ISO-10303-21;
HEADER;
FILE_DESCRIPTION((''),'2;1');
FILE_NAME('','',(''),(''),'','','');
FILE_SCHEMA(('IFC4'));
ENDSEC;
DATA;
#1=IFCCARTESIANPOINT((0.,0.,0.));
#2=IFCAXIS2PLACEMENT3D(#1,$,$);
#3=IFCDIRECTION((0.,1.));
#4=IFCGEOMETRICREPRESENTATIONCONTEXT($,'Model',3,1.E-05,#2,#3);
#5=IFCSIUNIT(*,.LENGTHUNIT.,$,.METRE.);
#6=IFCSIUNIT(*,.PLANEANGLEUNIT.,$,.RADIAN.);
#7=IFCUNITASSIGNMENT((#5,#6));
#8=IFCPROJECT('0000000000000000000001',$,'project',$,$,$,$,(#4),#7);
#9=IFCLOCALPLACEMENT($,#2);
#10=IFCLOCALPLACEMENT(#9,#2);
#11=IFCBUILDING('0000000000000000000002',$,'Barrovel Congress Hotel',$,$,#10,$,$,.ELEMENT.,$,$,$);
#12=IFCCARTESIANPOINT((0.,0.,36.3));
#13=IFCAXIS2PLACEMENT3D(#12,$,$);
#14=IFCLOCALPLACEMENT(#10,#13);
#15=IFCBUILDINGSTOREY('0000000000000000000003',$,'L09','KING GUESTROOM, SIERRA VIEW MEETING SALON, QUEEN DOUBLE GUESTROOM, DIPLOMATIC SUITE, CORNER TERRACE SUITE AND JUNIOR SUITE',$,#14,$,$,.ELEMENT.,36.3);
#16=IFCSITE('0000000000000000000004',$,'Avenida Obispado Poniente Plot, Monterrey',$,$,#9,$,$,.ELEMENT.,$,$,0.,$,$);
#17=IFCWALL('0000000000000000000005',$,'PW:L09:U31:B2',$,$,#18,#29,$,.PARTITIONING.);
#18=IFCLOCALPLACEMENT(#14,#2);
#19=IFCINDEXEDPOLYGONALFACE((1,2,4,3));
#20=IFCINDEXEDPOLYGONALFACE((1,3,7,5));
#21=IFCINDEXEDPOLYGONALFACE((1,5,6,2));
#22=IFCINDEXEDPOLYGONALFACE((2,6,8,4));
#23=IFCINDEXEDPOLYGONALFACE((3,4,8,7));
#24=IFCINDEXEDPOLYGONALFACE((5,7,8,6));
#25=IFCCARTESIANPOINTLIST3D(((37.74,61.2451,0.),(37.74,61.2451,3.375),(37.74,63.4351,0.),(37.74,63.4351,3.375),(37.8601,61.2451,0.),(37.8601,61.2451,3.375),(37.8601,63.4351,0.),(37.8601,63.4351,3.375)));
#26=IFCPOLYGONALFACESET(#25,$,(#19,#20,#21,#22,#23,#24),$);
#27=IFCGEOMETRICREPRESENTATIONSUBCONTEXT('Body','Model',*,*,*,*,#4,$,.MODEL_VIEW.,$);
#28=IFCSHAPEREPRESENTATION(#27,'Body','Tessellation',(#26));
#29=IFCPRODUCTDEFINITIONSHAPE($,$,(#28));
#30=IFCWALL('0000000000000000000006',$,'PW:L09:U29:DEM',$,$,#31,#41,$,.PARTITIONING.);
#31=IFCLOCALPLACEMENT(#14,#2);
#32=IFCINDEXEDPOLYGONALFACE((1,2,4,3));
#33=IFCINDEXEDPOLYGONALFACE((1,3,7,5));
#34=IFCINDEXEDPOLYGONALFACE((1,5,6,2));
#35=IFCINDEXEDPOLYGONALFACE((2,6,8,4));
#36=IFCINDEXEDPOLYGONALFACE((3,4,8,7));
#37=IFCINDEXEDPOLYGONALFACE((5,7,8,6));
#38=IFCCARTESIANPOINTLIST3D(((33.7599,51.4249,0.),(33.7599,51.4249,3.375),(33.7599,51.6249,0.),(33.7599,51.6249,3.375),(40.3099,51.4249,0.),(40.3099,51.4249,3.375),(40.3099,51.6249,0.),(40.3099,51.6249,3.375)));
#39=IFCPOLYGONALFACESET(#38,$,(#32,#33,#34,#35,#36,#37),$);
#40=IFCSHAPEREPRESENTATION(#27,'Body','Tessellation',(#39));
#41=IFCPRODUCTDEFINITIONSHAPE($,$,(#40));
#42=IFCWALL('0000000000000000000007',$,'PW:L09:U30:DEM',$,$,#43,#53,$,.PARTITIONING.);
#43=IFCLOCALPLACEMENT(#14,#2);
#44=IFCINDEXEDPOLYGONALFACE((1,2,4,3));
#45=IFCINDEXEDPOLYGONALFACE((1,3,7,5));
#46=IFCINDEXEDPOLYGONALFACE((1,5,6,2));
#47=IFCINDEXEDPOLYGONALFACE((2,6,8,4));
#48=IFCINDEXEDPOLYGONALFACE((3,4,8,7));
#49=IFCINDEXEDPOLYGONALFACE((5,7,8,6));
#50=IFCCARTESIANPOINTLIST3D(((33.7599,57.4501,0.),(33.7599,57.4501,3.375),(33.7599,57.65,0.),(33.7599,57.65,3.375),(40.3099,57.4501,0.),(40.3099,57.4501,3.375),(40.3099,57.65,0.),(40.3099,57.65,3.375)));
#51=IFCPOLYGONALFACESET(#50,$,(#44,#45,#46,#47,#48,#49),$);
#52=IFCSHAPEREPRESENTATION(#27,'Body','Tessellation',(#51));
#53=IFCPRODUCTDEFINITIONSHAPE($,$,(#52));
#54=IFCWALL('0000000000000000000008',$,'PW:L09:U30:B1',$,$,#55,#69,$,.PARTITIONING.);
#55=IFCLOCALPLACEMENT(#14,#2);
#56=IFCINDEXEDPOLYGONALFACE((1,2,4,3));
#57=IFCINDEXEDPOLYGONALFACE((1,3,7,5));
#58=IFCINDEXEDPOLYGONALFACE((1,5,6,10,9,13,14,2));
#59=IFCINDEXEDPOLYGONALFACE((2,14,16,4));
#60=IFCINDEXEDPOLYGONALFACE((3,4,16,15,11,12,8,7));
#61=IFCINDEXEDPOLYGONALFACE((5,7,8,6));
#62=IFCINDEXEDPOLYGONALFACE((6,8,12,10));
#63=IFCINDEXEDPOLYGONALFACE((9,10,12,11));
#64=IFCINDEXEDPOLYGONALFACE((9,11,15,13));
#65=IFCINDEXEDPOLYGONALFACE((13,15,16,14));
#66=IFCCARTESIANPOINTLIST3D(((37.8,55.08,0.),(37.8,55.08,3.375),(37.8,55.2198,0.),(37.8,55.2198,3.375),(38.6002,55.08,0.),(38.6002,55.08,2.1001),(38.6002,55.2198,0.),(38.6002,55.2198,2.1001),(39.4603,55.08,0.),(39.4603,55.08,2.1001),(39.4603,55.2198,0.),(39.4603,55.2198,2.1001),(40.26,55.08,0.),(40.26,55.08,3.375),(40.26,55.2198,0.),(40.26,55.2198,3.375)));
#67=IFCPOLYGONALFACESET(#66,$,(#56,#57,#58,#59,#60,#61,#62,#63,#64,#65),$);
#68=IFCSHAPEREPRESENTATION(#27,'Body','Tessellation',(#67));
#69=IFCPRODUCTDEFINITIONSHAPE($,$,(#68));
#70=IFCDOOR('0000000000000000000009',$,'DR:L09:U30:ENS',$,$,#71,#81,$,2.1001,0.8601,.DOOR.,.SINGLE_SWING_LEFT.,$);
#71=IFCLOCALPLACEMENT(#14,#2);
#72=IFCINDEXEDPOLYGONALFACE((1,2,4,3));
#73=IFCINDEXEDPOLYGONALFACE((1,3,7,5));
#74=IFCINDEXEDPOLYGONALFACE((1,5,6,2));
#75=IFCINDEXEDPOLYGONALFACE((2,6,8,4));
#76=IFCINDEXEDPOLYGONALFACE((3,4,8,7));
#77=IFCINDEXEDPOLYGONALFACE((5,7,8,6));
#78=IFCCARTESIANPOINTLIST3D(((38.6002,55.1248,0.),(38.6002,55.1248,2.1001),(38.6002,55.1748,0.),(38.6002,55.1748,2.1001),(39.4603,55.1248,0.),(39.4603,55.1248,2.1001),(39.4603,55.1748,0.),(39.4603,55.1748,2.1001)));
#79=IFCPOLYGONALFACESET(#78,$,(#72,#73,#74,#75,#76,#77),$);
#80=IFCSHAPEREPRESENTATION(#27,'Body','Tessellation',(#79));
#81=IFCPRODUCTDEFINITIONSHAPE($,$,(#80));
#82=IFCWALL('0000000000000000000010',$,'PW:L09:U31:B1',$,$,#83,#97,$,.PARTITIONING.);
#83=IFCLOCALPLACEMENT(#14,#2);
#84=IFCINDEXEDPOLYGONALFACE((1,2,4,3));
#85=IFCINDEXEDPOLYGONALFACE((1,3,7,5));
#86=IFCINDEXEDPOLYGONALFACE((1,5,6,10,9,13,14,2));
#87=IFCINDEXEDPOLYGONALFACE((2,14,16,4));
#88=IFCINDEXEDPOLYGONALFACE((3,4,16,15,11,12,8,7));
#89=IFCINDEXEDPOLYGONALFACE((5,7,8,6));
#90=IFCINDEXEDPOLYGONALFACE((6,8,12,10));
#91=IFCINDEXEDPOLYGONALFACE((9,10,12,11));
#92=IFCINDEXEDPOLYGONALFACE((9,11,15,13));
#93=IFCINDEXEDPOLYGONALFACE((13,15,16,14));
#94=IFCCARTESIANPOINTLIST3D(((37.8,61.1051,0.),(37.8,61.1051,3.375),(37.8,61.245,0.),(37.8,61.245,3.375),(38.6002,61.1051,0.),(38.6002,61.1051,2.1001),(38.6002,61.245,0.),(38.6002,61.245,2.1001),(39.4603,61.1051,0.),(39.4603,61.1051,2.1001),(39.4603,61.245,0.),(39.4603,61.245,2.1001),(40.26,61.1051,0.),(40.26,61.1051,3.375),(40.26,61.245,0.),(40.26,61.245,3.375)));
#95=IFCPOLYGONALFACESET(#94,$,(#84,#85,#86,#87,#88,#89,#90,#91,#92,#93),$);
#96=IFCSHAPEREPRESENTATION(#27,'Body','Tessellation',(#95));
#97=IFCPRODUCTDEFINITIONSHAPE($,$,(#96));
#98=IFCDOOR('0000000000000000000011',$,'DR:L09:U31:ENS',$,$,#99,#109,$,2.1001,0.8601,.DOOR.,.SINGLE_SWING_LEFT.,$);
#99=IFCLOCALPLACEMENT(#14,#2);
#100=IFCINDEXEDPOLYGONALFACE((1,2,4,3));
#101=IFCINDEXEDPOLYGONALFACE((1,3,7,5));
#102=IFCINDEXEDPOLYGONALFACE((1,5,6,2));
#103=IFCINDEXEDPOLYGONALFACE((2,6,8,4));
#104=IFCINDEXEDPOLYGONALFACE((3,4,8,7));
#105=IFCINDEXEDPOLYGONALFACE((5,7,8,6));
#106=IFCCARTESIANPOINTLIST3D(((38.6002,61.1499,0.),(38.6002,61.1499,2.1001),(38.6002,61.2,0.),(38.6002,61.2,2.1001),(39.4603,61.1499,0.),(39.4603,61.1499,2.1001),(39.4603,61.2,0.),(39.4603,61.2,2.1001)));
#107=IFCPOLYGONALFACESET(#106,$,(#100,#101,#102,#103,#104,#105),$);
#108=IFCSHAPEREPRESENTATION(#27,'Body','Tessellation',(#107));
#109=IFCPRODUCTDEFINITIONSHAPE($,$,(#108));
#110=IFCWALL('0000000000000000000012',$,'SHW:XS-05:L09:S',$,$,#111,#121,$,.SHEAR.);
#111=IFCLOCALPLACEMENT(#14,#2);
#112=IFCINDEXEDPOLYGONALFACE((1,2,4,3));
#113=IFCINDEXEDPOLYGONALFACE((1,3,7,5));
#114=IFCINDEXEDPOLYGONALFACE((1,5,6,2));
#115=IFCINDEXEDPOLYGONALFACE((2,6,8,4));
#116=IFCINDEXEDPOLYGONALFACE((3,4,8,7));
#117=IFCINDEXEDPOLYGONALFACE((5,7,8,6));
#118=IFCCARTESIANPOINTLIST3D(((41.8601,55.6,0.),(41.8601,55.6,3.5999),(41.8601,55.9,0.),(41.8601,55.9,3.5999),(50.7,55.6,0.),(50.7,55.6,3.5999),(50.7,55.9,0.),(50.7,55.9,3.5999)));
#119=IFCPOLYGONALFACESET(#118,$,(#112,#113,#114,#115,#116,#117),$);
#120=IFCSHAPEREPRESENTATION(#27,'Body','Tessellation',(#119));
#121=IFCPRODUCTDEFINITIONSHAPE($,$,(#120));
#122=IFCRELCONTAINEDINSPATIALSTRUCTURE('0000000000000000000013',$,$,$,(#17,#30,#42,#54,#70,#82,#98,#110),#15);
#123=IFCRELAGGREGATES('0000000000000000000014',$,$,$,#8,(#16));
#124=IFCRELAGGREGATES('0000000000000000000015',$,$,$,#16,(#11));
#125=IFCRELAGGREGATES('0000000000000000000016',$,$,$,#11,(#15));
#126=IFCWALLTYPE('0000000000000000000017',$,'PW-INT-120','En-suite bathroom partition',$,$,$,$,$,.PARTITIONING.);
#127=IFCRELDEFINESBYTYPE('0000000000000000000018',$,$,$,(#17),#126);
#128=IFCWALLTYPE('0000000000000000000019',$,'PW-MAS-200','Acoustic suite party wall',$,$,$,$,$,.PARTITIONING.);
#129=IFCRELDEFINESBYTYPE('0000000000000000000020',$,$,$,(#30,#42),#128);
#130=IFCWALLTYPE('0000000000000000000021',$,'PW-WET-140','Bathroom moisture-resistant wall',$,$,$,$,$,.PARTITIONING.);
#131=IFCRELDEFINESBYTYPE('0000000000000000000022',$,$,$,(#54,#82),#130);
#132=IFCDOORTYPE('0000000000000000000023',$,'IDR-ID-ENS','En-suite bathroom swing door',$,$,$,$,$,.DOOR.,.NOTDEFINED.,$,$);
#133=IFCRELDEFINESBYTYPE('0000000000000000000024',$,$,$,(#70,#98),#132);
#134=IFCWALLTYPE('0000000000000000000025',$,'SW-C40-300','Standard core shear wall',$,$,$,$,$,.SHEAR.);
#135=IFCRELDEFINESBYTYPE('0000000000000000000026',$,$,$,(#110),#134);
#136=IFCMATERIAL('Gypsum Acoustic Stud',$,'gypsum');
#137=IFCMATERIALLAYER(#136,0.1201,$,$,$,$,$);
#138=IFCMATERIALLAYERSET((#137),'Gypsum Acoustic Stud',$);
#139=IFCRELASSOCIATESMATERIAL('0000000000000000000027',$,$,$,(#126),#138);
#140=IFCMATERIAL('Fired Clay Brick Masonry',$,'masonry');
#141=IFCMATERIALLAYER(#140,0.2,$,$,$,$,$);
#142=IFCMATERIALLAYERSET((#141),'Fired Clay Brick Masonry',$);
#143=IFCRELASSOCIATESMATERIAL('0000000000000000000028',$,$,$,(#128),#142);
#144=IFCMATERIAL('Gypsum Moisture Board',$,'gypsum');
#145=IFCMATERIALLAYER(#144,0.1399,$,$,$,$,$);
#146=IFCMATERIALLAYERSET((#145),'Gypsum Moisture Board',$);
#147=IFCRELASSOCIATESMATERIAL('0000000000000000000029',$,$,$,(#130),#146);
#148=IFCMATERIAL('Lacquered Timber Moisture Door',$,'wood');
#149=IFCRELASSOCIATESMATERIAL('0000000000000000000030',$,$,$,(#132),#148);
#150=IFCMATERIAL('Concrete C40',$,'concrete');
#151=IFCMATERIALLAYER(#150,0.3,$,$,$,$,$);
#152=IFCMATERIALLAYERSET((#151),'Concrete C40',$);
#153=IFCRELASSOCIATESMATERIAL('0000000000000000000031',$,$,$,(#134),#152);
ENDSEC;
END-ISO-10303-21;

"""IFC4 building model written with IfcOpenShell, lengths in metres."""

from ifc_helpers import new_model, si_unit, direction, frame, frame_2d, origin, place, context, subcontext, project, spatial, rectangle, extrude, material, layer, layer_set, type_object, element, fill, save


model = new_model("IFC4")

# Units and contexts
model_context = context("Model", 3, precision=1e-05, world=origin(), true_north=direction((0.0, 1.0)))
body_context = subcontext(model_context, "Body", "Model", "MODEL_VIEW")
ifc_project = project(units=[si_unit("LENGTHUNIT", "METRE"), si_unit("PLANEANGLEUNIT", "RADIAN")], contexts=[model_context])

# Site, building, storey
site_placement = place(None, origin())
site = spatial("IfcSite", under=ifc_project, at=site_placement, Name="Avenida Obispado Poniente Plot, Monterrey", CompositionType="ELEMENT", RefElevation=0.0)
building_placement = place(site_placement, origin())
building = spatial("IfcBuilding", under=site, at=building_placement, Name="Barrovel Congress Hotel", CompositionType="ELEMENT")
storey_placement = place(building_placement, frame((0.0, 0.0, 36.3)))
storey = spatial("IfcBuildingStorey", under=building, at=storey_placement, Name="L09", Description="KING GUESTROOM, SIERRA VIEW MEETING SALON, QUEEN DOUBLE GUESTROOM, DIPLOMATIC SUITE, CORNER TERRACE SUITE AND JUNIOR SUITE", CompositionType="ELEMENT", Elevation=36.3)

# Shared definitions
ifc_material_1 = material(Name="Concrete C40", Category="concrete")

# Shared definitions
ifc_material_2 = material(Name="Fired Clay Brick Masonry", Category="masonry")

# Shared definitions
ifc_material_3 = material(Name="Gypsum Acoustic Stud", Category="gypsum")

# Walls
ifc_layer_1 = layer(ifc_material_3, 0.1201)
ifc_layer_set_1 = layer_set([ifc_layer_1], Name="Gypsum Acoustic Stud")
wall_type_1 = type_object("IfcWallType", Name="PW-INT-120", Description="En-suite bathroom partition", PredefinedType="PARTITIONING", material=ifc_layer_set_1)
for number, where, z_axis, x_axis, name in (
    (1, (37.8, 61.2451, 0.0), (0.0, 0.0, 1.0), (0.0, 1.0, 0.0), "PW:L09:U31:B2"),
):
    element("IfcWall", number, at=place(storey_placement, frame(where, z_axis=z_axis, x_axis=x_axis)), inside=storey, type_object=wall_type_1, Name=name, PredefinedType="PARTITIONING", context=body_context, shape_type="SweptSolid", body=[
        extrude(rectangle(XDim=2.1899, YDim=0.1201, at=frame_2d((1.095, 0.0))), origin(), (0.0, 0.0, 1.0), 3.375),
    ])
ifc_layer_2 = layer(ifc_material_2, 0.2)
ifc_layer_set_2 = layer_set([ifc_layer_2], Name="Fired Clay Brick Masonry")
wall_type_2 = type_object("IfcWallType", Name="PW-MAS-200", Description="Acoustic suite party wall", PredefinedType="PARTITIONING", material=ifc_layer_set_2)
for number, where, z_axis, x_axis, name in (
    (2, (33.76, 51.5249, 0.0), (0.0, 0.0, 1.0), (1.0, 0.0, 0.0), "PW:L09:U29:DEM"),
    (3, (33.76, 57.55, 0.0), (0.0, 0.0, 1.0), (1.0, 0.0, 0.0), "PW:L09:U30:DEM"),
):
    element("IfcWall", number, at=place(storey_placement, frame(where, z_axis=z_axis, x_axis=x_axis)), inside=storey, type_object=wall_type_2, Name=name, PredefinedType="PARTITIONING", context=body_context, shape_type="SweptSolid", body=[
        extrude(rectangle(XDim=6.55, YDim=0.2, at=frame_2d((3.2749, 0.0))), origin(), (0.0, 0.0, 1.0), 3.375),
    ])

# Walls, openings, doors
ifc_material_4 = material(Name="Gypsum Moisture Board", Category="gypsum")
ifc_layer_3 = layer(ifc_material_4, 0.1399)
ifc_layer_set_3 = layer_set([ifc_layer_3], Name="Gypsum Moisture Board")
wall_type_3 = type_object("IfcWallType", Name="PW-WET-140", Description="Bathroom moisture-resistant wall", PredefinedType="PARTITIONING", material=ifc_layer_set_3)
wall_1_placement = place(storey_placement, frame((37.8, 55.1499, 0.0), z_axis=(0.0, 0.0, 1.0), x_axis=(1.0, 0.0, 0.0)))
wall_1 = element("IfcWall", 4, at=wall_1_placement, inside=storey, type_object=wall_type_3, Name="PW:L09:U30:B1", PredefinedType="PARTITIONING", context=body_context, shape_type="SweptSolid", body=[
    extrude(rectangle(XDim=2.46, YDim=0.1399, at=frame_2d((1.23, 0.0))), origin(), (0.0, 0.0, 1.0), 3.375),
])
opening_1_placement = place(wall_1_placement, frame((0.8, 0.0, 0.0)))
opening_1 = element("IfcOpeningElement", 5, at=opening_1_placement, cuts=wall_1, PredefinedType="OPENING", context=body_context, shape_type="SweptSolid", body=[
    extrude(rectangle(XDim=0.8601, YDim=2.1001, at=frame_2d((0.4302, 1.05))), frame((0.0, 0.0801, 0.0), z_axis=(0.0, -1.0, 0.0), x_axis=(1.0, 0.0, 0.0)), (0.0, 0.0, 1.0), 0.1599),
])
ifc_material_5 = material(Name="Lacquered Timber Moisture Door", Category="wood")
door_type_1 = type_object("IfcDoorType", Name="IDR-ID-ENS", Description="En-suite bathroom swing door", OperationType="NOTDEFINED", PredefinedType="DOOR", material=ifc_material_5)
door_1_placement = place(opening_1_placement, origin())
door_1 = element("IfcDoor", 6, at=door_1_placement, inside=storey, type_object=door_type_1, Name="DR:L09:U30:ENS", OperationType="SINGLE_SWING_LEFT", OverallHeight=2.1001, OverallWidth=0.8601, PredefinedType="DOOR", context=body_context, shape_type="SweptSolid", body=[
    extrude(rectangle(XDim=0.8601, YDim=2.1001, at=frame_2d((0.4302, 1.05))), frame((0.0, 0.0249, 0.0), z_axis=(0.0, -1.0, 0.0), x_axis=(1.0, 0.0, 0.0)), (0.0, 0.0, 1.0), 0.05),
])
fill(opening_1, door_1)
wall_2_placement = place(storey_placement, frame((37.8, 61.175, 0.0), z_axis=(0.0, 0.0, 1.0), x_axis=(1.0, 0.0, 0.0)))
wall_2 = element("IfcWall", 7, at=wall_2_placement, inside=storey, type_object=wall_type_3, Name="PW:L09:U31:B1", PredefinedType="PARTITIONING", context=body_context, shape_type="SweptSolid", body=[
    extrude(rectangle(XDim=2.46, YDim=0.1399, at=frame_2d((1.23, 0.0))), origin(), (0.0, 0.0, 1.0), 3.375),
])
opening_2_placement = place(wall_2_placement, frame((0.8, 0.0, 0.0)))
opening_2 = element("IfcOpeningElement", 8, at=opening_2_placement, cuts=wall_2, PredefinedType="OPENING", context=body_context, shape_type="SweptSolid", body=[
    extrude(rectangle(XDim=0.8601, YDim=2.1001, at=frame_2d((0.4302, 1.05))), frame((0.0, 0.0801, 0.0), z_axis=(0.0, -1.0, 0.0), x_axis=(1.0, 0.0, 0.0)), (0.0, 0.0, 1.0), 0.1599),
])
door_2_placement = place(opening_2_placement, origin())
door_2 = element("IfcDoor", 9, at=door_2_placement, inside=storey, type_object=door_type_1, Name="DR:L09:U31:ENS", OperationType="SINGLE_SWING_LEFT", OverallHeight=2.1001, OverallWidth=0.8601, PredefinedType="DOOR", context=body_context, shape_type="SweptSolid", body=[
    extrude(rectangle(XDim=0.8601, YDim=2.1001, at=frame_2d((0.4302, 1.05))), frame((0.0, 0.0249, 0.0), z_axis=(0.0, -1.0, 0.0), x_axis=(1.0, 0.0, 0.0)), (0.0, 0.0, 1.0), 0.05),
])
fill(opening_2, door_2)

# Wall
ifc_layer_4 = layer(ifc_material_1, 0.3)
ifc_layer_set_4 = layer_set([ifc_layer_4], Name="Concrete C40")
wall_type_4 = type_object("IfcWallType", Name="SW-C40-300", Description="Standard core shear wall", PredefinedType="SHEAR", material=ifc_layer_set_4)
wall_3_placement = place(storey_placement, frame((41.8601, 55.75, 0.0), z_axis=(0.0, 0.0, 1.0), x_axis=(1.0, 0.0, 0.0)))
element("IfcWall", 10, at=wall_3_placement, inside=storey, type_object=wall_type_4, Name="SHW:XS-05:L09:S", PredefinedType="SHEAR", context=body_context, shape_type="SweptSolid", body=[
    extrude(rectangle(XDim=8.8398, YDim=0.3, at=frame_2d((4.4199, 0.0))), origin(), (0.0, 0.0, 1.0), 3.5999),
])

save(model, "model.ifc")
